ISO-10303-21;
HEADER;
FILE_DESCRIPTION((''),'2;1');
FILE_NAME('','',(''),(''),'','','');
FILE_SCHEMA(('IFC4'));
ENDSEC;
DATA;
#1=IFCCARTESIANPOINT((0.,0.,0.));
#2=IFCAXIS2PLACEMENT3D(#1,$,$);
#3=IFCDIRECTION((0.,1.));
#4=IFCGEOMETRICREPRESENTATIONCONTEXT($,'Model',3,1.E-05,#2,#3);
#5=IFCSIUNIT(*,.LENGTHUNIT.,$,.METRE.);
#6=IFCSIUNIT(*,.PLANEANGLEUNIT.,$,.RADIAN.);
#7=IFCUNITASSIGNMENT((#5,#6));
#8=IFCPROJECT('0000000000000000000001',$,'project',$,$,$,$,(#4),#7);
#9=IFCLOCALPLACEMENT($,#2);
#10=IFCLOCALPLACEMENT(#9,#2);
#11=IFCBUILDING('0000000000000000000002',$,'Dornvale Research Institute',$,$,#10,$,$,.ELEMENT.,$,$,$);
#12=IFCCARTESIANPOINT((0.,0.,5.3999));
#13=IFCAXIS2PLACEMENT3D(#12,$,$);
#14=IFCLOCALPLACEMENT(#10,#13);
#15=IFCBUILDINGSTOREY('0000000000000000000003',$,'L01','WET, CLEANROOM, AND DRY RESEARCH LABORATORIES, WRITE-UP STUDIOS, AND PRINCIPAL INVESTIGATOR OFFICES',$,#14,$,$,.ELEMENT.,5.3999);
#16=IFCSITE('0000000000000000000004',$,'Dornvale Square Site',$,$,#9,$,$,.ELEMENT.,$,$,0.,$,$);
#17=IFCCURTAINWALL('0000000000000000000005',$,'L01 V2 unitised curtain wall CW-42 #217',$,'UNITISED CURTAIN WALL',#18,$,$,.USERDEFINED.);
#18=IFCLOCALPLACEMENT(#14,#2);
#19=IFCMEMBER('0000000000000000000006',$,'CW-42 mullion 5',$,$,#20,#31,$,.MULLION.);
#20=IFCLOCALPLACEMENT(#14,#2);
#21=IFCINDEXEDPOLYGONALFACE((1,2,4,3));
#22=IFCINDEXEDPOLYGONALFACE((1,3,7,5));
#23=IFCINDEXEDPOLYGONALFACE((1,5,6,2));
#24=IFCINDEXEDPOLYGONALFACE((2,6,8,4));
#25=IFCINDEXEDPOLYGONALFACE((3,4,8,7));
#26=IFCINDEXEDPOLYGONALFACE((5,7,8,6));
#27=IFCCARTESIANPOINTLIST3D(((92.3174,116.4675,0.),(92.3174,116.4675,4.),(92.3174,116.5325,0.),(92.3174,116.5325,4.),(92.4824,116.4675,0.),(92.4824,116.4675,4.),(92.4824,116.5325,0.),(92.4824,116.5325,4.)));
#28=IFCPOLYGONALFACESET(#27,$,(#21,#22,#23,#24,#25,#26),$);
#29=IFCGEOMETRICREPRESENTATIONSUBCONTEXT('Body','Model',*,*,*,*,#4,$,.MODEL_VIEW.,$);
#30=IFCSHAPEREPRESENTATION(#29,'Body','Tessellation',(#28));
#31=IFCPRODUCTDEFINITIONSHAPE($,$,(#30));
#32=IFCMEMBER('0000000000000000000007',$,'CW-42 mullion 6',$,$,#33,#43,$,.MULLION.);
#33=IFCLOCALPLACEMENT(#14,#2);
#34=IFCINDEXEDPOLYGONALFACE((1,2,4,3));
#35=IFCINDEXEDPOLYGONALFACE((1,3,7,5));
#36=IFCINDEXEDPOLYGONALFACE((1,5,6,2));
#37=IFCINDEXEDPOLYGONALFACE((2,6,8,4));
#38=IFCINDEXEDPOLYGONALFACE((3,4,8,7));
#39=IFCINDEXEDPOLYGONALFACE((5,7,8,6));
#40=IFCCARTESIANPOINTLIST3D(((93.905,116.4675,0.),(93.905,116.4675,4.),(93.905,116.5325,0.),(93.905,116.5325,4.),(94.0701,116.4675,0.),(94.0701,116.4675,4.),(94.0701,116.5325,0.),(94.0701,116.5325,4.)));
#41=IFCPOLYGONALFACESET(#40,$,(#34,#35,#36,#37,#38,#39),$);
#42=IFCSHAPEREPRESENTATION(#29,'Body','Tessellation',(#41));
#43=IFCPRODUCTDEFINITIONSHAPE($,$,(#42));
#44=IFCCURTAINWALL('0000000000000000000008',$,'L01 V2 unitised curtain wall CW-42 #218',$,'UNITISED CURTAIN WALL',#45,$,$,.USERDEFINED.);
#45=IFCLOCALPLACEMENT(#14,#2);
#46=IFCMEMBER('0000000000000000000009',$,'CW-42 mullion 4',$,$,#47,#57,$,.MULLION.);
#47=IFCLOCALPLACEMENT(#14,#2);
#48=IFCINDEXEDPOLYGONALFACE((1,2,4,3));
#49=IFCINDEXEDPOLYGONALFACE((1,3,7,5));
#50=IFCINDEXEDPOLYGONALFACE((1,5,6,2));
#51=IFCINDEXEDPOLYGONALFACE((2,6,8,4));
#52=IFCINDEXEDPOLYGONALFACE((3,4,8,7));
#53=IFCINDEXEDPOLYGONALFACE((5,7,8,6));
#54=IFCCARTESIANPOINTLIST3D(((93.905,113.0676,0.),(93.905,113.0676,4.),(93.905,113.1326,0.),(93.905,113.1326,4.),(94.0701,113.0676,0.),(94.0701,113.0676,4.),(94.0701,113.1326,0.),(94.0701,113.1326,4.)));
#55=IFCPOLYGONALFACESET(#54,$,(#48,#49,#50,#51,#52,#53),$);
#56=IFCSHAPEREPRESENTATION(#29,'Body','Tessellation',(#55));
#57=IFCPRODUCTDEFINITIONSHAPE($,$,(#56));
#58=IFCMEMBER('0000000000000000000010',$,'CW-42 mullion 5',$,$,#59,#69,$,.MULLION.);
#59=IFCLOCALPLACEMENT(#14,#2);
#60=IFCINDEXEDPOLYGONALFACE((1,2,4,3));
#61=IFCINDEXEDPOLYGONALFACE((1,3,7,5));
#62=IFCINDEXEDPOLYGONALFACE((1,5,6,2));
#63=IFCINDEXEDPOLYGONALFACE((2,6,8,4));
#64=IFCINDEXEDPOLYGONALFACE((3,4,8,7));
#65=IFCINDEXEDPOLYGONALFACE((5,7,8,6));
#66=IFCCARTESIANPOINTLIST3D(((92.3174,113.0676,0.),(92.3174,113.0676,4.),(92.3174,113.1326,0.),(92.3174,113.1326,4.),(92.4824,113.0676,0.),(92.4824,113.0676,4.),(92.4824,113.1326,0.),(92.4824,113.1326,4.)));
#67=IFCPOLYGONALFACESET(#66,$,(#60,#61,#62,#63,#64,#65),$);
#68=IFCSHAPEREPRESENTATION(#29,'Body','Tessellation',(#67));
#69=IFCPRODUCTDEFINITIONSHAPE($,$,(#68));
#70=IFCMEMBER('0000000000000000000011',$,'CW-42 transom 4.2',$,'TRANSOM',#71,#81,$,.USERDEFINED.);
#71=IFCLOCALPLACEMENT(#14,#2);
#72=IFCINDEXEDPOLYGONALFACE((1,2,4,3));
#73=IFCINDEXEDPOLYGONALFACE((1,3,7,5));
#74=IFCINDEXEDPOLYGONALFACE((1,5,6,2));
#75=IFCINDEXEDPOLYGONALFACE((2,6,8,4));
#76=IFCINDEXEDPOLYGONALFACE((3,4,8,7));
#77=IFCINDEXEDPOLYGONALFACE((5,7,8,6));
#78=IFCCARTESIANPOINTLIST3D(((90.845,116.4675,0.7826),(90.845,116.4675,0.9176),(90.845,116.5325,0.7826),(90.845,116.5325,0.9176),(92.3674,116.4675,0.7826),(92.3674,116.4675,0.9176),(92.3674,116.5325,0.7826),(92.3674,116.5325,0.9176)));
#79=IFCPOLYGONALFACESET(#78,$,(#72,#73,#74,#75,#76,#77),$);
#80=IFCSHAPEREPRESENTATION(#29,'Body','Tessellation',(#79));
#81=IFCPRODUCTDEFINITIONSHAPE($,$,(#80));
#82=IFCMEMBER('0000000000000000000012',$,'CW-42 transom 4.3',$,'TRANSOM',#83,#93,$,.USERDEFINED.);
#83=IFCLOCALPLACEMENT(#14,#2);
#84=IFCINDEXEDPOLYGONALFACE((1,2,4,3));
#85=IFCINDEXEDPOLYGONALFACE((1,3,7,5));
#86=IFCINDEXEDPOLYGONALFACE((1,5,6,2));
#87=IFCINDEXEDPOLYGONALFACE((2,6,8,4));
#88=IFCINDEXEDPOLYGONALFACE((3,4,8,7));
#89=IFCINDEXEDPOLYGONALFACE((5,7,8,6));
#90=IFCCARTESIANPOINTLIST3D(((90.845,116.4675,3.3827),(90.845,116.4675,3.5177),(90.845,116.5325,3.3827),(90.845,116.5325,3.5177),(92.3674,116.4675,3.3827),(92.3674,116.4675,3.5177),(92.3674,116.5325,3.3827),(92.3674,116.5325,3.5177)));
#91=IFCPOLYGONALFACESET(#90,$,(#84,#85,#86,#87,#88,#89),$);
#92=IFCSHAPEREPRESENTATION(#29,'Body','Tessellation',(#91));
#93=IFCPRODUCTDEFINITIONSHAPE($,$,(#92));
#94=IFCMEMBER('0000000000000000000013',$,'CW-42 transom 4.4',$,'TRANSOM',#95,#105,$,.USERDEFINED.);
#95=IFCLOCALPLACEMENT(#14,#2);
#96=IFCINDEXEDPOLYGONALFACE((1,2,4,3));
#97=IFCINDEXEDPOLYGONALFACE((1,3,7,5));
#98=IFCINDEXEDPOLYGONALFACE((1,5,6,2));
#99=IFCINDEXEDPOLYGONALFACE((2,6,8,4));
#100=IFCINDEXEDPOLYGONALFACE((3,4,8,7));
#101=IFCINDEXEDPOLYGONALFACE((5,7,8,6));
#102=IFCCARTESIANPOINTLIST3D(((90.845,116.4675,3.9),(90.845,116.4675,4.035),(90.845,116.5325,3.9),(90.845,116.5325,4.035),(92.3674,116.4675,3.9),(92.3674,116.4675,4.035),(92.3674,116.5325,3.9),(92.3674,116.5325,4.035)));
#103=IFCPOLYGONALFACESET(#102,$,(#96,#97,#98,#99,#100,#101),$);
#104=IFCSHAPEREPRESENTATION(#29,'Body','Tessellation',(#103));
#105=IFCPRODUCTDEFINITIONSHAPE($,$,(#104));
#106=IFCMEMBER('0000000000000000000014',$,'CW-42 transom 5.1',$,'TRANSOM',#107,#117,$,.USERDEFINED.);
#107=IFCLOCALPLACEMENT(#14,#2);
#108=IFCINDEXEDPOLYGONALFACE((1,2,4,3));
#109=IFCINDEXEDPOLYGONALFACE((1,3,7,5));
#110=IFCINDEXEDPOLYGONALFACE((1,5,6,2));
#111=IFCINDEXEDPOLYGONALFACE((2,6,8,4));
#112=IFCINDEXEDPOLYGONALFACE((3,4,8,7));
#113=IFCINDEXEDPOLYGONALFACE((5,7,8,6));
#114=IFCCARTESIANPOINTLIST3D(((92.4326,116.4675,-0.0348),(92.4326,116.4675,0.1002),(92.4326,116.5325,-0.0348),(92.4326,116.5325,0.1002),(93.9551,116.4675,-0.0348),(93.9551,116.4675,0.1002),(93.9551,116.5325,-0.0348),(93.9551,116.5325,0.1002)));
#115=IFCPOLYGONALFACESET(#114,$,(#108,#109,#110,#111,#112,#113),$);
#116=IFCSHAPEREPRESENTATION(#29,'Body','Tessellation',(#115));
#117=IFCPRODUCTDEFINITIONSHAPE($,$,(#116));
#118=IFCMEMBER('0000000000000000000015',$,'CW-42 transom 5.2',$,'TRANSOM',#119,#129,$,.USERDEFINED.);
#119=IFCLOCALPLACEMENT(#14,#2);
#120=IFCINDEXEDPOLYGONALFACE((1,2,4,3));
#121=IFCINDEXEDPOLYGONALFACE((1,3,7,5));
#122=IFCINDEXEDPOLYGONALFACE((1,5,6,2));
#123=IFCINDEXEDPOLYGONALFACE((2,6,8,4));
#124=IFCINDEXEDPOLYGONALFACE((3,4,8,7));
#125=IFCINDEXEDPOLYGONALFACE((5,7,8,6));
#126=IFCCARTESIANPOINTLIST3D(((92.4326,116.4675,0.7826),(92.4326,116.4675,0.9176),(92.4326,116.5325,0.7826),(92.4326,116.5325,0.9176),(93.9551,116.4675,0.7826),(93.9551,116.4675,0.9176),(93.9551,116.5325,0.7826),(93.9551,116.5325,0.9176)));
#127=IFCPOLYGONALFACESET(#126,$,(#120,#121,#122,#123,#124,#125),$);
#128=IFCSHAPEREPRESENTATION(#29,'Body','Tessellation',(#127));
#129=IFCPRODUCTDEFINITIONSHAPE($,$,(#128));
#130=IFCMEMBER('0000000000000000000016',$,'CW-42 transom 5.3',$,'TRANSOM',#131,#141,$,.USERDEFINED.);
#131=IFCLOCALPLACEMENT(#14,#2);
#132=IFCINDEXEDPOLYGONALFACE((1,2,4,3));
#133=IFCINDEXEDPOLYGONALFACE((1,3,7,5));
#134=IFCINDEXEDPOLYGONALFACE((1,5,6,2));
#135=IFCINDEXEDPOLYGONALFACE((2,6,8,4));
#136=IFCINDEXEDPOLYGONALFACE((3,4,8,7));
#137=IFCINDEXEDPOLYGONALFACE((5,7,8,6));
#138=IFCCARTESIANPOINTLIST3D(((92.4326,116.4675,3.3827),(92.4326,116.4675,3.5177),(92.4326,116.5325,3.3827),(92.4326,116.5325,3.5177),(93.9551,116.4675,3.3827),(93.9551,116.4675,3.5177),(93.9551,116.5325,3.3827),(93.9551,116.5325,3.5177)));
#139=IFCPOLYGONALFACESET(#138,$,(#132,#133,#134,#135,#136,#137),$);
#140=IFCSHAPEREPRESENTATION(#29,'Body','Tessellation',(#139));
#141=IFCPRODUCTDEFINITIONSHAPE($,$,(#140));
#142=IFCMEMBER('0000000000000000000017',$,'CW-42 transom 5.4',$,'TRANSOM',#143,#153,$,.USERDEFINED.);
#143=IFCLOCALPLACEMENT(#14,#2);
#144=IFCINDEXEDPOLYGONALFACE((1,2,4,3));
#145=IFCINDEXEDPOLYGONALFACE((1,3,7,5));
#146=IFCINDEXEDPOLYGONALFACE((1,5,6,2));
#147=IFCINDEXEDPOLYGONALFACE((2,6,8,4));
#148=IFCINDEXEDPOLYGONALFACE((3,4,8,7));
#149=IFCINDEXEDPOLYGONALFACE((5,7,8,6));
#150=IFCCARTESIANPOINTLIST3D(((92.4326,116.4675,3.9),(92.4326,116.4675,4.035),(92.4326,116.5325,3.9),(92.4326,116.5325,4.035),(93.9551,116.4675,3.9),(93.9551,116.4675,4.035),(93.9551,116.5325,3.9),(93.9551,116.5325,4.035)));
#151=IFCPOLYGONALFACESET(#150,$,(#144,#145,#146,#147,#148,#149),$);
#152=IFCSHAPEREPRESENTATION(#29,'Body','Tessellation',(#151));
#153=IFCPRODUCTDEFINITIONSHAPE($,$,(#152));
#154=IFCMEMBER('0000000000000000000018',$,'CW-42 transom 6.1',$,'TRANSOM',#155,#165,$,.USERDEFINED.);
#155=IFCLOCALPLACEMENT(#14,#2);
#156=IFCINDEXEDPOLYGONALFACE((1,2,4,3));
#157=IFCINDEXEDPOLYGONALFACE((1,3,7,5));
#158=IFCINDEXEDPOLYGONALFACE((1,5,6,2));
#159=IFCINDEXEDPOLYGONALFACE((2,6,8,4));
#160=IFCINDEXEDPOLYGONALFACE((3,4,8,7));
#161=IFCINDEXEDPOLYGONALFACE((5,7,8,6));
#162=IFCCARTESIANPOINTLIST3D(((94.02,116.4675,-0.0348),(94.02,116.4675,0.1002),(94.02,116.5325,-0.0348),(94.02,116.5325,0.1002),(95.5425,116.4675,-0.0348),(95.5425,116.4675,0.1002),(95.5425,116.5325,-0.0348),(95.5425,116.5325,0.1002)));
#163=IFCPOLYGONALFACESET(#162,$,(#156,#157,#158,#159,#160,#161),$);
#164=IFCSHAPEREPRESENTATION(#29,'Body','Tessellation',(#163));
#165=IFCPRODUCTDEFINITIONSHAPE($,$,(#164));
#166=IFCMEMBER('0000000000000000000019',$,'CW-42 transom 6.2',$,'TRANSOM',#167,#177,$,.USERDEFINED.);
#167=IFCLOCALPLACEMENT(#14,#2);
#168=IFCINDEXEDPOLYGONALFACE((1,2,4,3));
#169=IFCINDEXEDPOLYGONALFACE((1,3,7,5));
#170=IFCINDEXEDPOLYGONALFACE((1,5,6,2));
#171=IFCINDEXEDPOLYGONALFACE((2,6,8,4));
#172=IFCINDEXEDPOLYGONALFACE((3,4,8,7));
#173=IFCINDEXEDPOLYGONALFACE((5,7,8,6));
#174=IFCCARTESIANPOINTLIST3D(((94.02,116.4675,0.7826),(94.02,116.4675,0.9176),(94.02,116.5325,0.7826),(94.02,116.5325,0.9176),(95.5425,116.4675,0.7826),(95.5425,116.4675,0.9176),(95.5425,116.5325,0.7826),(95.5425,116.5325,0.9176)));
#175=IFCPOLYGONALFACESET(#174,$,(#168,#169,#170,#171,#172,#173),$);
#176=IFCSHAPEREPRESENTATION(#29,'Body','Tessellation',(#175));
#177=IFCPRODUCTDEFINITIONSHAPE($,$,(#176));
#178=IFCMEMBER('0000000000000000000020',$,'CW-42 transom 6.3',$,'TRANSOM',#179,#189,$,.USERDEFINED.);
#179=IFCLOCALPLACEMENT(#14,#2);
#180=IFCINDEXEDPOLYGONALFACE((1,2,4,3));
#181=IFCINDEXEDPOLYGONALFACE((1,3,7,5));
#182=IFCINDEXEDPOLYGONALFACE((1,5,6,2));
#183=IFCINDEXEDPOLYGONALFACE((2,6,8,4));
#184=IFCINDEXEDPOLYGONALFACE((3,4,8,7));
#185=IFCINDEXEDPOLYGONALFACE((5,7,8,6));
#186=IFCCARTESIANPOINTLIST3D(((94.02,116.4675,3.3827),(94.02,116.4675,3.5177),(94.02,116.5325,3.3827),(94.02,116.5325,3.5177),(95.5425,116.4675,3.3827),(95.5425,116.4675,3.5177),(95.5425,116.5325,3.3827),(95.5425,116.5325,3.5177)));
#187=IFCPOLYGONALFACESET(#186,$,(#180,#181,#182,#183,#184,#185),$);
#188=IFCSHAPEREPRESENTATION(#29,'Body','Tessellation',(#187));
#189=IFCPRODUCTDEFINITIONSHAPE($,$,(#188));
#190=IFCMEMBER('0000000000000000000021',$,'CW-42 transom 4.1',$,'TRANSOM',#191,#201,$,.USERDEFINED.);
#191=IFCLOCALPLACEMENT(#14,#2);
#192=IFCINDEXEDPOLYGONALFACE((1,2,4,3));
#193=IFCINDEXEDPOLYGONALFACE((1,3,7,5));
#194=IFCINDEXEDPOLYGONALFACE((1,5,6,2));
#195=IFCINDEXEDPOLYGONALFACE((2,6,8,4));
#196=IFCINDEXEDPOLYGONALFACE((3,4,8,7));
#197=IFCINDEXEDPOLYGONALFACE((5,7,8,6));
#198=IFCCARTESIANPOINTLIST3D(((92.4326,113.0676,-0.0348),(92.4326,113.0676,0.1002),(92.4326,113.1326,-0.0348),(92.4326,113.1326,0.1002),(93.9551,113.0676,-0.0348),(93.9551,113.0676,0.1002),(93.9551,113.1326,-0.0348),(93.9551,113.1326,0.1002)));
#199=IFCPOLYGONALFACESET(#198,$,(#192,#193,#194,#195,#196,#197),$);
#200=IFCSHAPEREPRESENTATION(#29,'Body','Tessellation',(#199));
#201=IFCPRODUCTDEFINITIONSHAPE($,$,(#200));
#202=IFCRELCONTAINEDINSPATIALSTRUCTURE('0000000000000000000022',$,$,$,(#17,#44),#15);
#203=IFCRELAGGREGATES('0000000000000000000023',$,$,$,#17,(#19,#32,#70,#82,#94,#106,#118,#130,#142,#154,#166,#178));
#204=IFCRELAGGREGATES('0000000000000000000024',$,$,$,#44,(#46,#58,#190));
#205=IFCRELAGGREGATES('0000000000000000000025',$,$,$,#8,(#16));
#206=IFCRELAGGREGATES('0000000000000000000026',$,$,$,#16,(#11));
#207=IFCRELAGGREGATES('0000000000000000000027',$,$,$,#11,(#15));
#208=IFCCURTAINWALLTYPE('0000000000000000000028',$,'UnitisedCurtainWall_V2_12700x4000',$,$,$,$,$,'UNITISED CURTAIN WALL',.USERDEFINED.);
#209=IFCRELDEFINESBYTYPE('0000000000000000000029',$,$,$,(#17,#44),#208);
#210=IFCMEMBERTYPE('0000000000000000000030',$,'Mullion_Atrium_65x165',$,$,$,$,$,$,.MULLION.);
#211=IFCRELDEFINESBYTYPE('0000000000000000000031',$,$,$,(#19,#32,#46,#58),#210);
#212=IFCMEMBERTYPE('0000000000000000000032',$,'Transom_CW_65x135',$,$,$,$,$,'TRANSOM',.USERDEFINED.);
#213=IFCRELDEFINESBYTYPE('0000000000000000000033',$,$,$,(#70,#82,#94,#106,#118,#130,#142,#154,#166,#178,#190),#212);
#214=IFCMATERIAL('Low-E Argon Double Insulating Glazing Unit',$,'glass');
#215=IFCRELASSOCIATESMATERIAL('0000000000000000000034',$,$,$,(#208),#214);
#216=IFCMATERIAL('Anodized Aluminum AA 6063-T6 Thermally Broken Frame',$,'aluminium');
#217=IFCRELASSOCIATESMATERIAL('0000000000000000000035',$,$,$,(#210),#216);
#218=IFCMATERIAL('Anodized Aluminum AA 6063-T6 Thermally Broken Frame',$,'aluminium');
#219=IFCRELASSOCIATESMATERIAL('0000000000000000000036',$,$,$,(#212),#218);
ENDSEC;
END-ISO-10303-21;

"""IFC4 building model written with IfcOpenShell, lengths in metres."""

from ifc_helpers import new_model, si_unit, direction, frame, origin, origin_2d, place, context, subcontext, project, spatial, rectangle, extrude, material, material_profile, profile_set, type_object, element, aggregate, save


model = new_model("IFC4")

# Units and contexts
model_context = context("Model", 3, precision=1e-05, world=origin(), true_north=direction((0.0, 1.0)))
body_context = subcontext(model_context, "Body", "Model", "MODEL_VIEW")
ifc_project = project(units=[si_unit("LENGTHUNIT", "METRE"), si_unit("PLANEANGLEUNIT", "RADIAN")], contexts=[model_context])

# Site, building, storey
site_placement = place(None, origin())
site = spatial("IfcSite", under=ifc_project, at=site_placement, Name="Dornvale Square Site", CompositionType="ELEMENT", RefElevation=0.0)
building_placement = place(site_placement, origin())
building = spatial("IfcBuilding", under=site, at=building_placement, Name="Dornvale Research Institute", CompositionType="ELEMENT")
storey_placement = place(building_placement, frame((0.0, 0.0, 5.3999)))
storey = spatial("IfcBuildingStorey", under=building, at=storey_placement, Name="L01", Description="WET, CLEANROOM, AND DRY RESEARCH LABORATORIES, WRITE-UP STUDIOS, AND PRINCIPAL INVESTIGATOR OFFICES", CompositionType="ELEMENT", Elevation=5.3999)

# Curtain walls, members
ifc_material_1 = material(Name="Low-E Argon Double Insulating Glazing Unit", Category="glass")
curtain_wall_type = type_object("IfcCurtainWallType", Name="UnitisedCurtainWall_V2_12700x4000", ElementType="UNITISED CURTAIN WALL", PredefinedType="USERDEFINED", material=ifc_material_1)
curtain_wall_1_placement = place(storey_placement, origin())
curtain_wall_1 = element("IfcCurtainWall", 1, at=curtain_wall_1_placement, inside=storey, type_object=curtain_wall_type, Name="L01 V2 unitised curtain wall CW-42 #217", ObjectType="UNITISED CURTAIN WALL", PredefinedType="USERDEFINED")
ifc_material_2 = material(Name="Anodized Aluminum AA 6063-T6 Thermally Broken Frame", Category="aluminium")
ifc_material_profile_1 = material_profile(ifc_material_2, rectangle(XDim=0.0649, YDim=0.165, at=origin_2d()), Name="ALU MULLION 65x165")
ifc_profile_set_1 = profile_set([ifc_material_profile_1], Name="Anodized Aluminum AA 6063-T6 Thermally Broken Frame")
member_type_1 = type_object("IfcMemberType", Name="Mullion_Atrium_65x165", PredefinedType="MULLION", material=ifc_profile_set_1)
member_1_placement = place(storey_placement, frame((92.3999, 116.5, 0.0), z_axis=(0.0, 0.0, 1.0), x_axis=(0.0, 1.0, 0.0)))
member_1 = element("IfcMember", 2, at=member_1_placement, type_object=member_type_1, Name="CW-42 mullion 5", PredefinedType="MULLION", context=body_context, shape_type="SweptSolid", body=[
    extrude(rectangle(XDim=0.0649, YDim=0.165, at=origin_2d()), origin(), (0.0, 0.0, 1.0), 4.0),
])
member_2_placement = place(storey_placement, frame((93.9875, 116.5, 0.0), z_axis=(0.0, 0.0, 1.0), x_axis=(0.0, 1.0, 0.0)))
member_2 = element("IfcMember", 3, at=member_2_placement, type_object=member_type_1, Name="CW-42 mullion 6", PredefinedType="MULLION", context=body_context, shape_type="SweptSolid", body=[
    extrude(rectangle(XDim=0.0649, YDim=0.165, at=origin_2d()), origin(), (0.0, 0.0, 1.0), 4.0),
])
curtain_wall_2_placement = place(storey_placement, origin())
curtain_wall_2 = element("IfcCurtainWall", 4, at=curtain_wall_2_placement, inside=storey, type_object=curtain_wall_type, Name="L01 V2 unitised curtain wall CW-42 #218", ObjectType="UNITISED CURTAIN WALL", PredefinedType="USERDEFINED")
member_3_placement = place(storey_placement, frame((93.9875, 113.1001, 0.0), z_axis=(0.0, 0.0, 1.0), x_axis=(0.0, -1.0, 0.0)))
member_3 = element("IfcMember", 5, at=member_3_placement, type_object=member_type_1, Name="CW-42 mullion 4", PredefinedType="MULLION", context=body_context, shape_type="SweptSolid", body=[
    extrude(rectangle(XDim=0.0649, YDim=0.165, at=origin_2d()), origin(), (0.0, 0.0, 1.0), 4.0),
])
member_4_placement = place(storey_placement, frame((92.3999, 113.1001, 0.0), z_axis=(0.0, 0.0, 1.0), x_axis=(0.0, -1.0, 0.0)))
member_4 = element("IfcMember", 6, at=member_4_placement, type_object=member_type_1, Name="CW-42 mullion 5", PredefinedType="MULLION", context=body_context, shape_type="SweptSolid", body=[
    extrude(rectangle(XDim=0.0649, YDim=0.165, at=origin_2d()), origin(), (0.0, 0.0, 1.0), 4.0),
])

# Members
ifc_material_3 = material(Name="Anodized Aluminum AA 6063-T6 Thermally Broken Frame", Category="aluminium")
ifc_material_profile_2 = material_profile(ifc_material_3, rectangle(XDim=0.0649, YDim=0.135, at=origin_2d()), Name="ALU TRANSOM 65x135")
ifc_profile_set_2 = profile_set([ifc_material_profile_2], Name="Anodized Aluminum AA 6063-T6 Thermally Broken Frame")
member_type_2 = type_object("IfcMemberType", Name="Transom_CW_65x135", ElementType="TRANSOM", PredefinedType="USERDEFINED", material=ifc_profile_set_2)
member_5_placement = place(storey_placement, frame((90.845, 116.5, 0.8501), z_axis=(1.0, 0.0, 0.0), x_axis=(0.0, 1.0, 0.0)))
member_5 = element("IfcMember", 7, at=member_5_placement, type_object=member_type_2, Name="CW-42 transom 4.2", ObjectType="TRANSOM", PredefinedType="USERDEFINED", context=body_context, shape_type="SweptSolid", body=[
    extrude(rectangle(XDim=0.0649, YDim=0.135, at=origin_2d()), origin(), (0.0, 0.0, 1.0), 1.5225),
])
member_6_placement = place(storey_placement, frame((90.845, 116.5, 3.4502), z_axis=(1.0, 0.0, 0.0), x_axis=(0.0, 1.0, 0.0)))
member_6 = element("IfcMember", 8, at=member_6_placement, type_object=member_type_2, Name="CW-42 transom 4.3", ObjectType="TRANSOM", PredefinedType="USERDEFINED", context=body_context, shape_type="SweptSolid", body=[
    extrude(rectangle(XDim=0.0649, YDim=0.135, at=origin_2d()), origin(), (0.0, 0.0, 1.0), 1.5225),
])
member_7_placement = place(storey_placement, frame((90.845, 116.5, 3.9675), z_axis=(1.0, 0.0, 0.0), x_axis=(0.0, 1.0, 0.0)))
member_7 = element("IfcMember", 9, at=member_7_placement, type_object=member_type_2, Name="CW-42 transom 4.4", ObjectType="TRANSOM", PredefinedType="USERDEFINED", context=body_context, shape_type="SweptSolid", body=[
    extrude(rectangle(XDim=0.0649, YDim=0.135, at=origin_2d()), origin(), (0.0, 0.0, 1.0), 1.5225),
])
member_8_placement = place(storey_placement, frame((92.4326, 116.5, 0.0327), z_axis=(1.0, 0.0, 0.0), x_axis=(0.0, 1.0, 0.0)))
member_8 = element("IfcMember", 10, at=member_8_placement, type_object=member_type_2, Name="CW-42 transom 5.1", ObjectType="TRANSOM", PredefinedType="USERDEFINED", context=body_context, shape_type="SweptSolid", body=[
    extrude(rectangle(XDim=0.0649, YDim=0.135, at=origin_2d()), origin(), (0.0, 0.0, 1.0), 1.5225),
])
member_9_placement = place(storey_placement, frame((92.4326, 116.5, 0.8501), z_axis=(1.0, 0.0, 0.0), x_axis=(0.0, 1.0, 0.0)))
member_9 = element("IfcMember", 11, at=member_9_placement, type_object=member_type_2, Name="CW-42 transom 5.2", ObjectType="TRANSOM", PredefinedType="USERDEFINED", context=body_context, shape_type="SweptSolid", body=[
    extrude(rectangle(XDim=0.0649, YDim=0.135, at=origin_2d()), origin(), (0.0, 0.0, 1.0), 1.5225),
])
member_10_placement = place(storey_placement, frame((92.4326, 116.5, 3.4502), z_axis=(1.0, 0.0, 0.0), x_axis=(0.0, 1.0, 0.0)))
member_10 = element("IfcMember", 12, at=member_10_placement, type_object=member_type_2, Name="CW-42 transom 5.3", ObjectType="TRANSOM", PredefinedType="USERDEFINED", context=body_context, shape_type="SweptSolid", body=[
    extrude(rectangle(XDim=0.0649, YDim=0.135, at=origin_2d()), origin(), (0.0, 0.0, 1.0), 1.5225),
])
member_11_placement = place(storey_placement, frame((92.4326, 116.5, 3.9675), z_axis=(1.0, 0.0, 0.0), x_axis=(0.0, 1.0, 0.0)))
member_11 = element("IfcMember", 13, at=member_11_placement, type_object=member_type_2, Name="CW-42 transom 5.4", ObjectType="TRANSOM", PredefinedType="USERDEFINED", context=body_context, shape_type="SweptSolid", body=[
    extrude(rectangle(XDim=0.0649, YDim=0.135, at=origin_2d()), origin(), (0.0, 0.0, 1.0), 1.5225),
])
member_12_placement = place(storey_placement, frame((94.02, 116.5, 0.0327), z_axis=(1.0, 0.0, 0.0), x_axis=(0.0, 1.0, 0.0)))
member_12 = element("IfcMember", 14, at=member_12_placement, type_object=member_type_2, Name="CW-42 transom 6.1", ObjectType="TRANSOM", PredefinedType="USERDEFINED", context=body_context, shape_type="SweptSolid", body=[
    extrude(rectangle(XDim=0.0649, YDim=0.135, at=origin_2d()), origin(), (0.0, 0.0, 1.0), 1.5225),
])
member_13_placement = place(storey_placement, frame((94.02, 116.5, 0.8501), z_axis=(1.0, 0.0, 0.0), x_axis=(0.0, 1.0, 0.0)))
member_13 = element("IfcMember", 15, at=member_13_placement, type_object=member_type_2, Name="CW-42 transom 6.2", ObjectType="TRANSOM", PredefinedType="USERDEFINED", context=body_context, shape_type="SweptSolid", body=[
    extrude(rectangle(XDim=0.0649, YDim=0.135, at=origin_2d()), origin(), (0.0, 0.0, 1.0), 1.5225),
])
member_14_placement = place(storey_placement, frame((94.02, 116.5, 3.4502), z_axis=(1.0, 0.0, 0.0), x_axis=(0.0, 1.0, 0.0)))
member_14 = element("IfcMember", 16, at=member_14_placement, type_object=member_type_2, Name="CW-42 transom 6.3", ObjectType="TRANSOM", PredefinedType="USERDEFINED", context=body_context, shape_type="SweptSolid", body=[
    extrude(rectangle(XDim=0.0649, YDim=0.135, at=origin_2d()), origin(), (0.0, 0.0, 1.0), 1.5225),
])
member_15_placement = place(storey_placement, frame((93.9551, 113.1001, 0.0327), z_axis=(-1.0, 0.0, 0.0), x_axis=(0.0, -1.0, 0.0)))
member_15 = element("IfcMember", 17, at=member_15_placement, type_object=member_type_2, Name="CW-42 transom 4.1", ObjectType="TRANSOM", PredefinedType="USERDEFINED", context=body_context, shape_type="SweptSolid", body=[
    extrude(rectangle(XDim=0.0649, YDim=0.135, at=origin_2d()), origin(), (0.0, 0.0, 1.0), 1.5225),
])

aggregate(curtain_wall_1, [member_1, member_2, member_5, member_6, member_7, member_8, member_9, member_10, member_11, member_12, member_13, member_14])
aggregate(curtain_wall_2, [member_3, member_4, member_15])

save(model, "model.ifc")
